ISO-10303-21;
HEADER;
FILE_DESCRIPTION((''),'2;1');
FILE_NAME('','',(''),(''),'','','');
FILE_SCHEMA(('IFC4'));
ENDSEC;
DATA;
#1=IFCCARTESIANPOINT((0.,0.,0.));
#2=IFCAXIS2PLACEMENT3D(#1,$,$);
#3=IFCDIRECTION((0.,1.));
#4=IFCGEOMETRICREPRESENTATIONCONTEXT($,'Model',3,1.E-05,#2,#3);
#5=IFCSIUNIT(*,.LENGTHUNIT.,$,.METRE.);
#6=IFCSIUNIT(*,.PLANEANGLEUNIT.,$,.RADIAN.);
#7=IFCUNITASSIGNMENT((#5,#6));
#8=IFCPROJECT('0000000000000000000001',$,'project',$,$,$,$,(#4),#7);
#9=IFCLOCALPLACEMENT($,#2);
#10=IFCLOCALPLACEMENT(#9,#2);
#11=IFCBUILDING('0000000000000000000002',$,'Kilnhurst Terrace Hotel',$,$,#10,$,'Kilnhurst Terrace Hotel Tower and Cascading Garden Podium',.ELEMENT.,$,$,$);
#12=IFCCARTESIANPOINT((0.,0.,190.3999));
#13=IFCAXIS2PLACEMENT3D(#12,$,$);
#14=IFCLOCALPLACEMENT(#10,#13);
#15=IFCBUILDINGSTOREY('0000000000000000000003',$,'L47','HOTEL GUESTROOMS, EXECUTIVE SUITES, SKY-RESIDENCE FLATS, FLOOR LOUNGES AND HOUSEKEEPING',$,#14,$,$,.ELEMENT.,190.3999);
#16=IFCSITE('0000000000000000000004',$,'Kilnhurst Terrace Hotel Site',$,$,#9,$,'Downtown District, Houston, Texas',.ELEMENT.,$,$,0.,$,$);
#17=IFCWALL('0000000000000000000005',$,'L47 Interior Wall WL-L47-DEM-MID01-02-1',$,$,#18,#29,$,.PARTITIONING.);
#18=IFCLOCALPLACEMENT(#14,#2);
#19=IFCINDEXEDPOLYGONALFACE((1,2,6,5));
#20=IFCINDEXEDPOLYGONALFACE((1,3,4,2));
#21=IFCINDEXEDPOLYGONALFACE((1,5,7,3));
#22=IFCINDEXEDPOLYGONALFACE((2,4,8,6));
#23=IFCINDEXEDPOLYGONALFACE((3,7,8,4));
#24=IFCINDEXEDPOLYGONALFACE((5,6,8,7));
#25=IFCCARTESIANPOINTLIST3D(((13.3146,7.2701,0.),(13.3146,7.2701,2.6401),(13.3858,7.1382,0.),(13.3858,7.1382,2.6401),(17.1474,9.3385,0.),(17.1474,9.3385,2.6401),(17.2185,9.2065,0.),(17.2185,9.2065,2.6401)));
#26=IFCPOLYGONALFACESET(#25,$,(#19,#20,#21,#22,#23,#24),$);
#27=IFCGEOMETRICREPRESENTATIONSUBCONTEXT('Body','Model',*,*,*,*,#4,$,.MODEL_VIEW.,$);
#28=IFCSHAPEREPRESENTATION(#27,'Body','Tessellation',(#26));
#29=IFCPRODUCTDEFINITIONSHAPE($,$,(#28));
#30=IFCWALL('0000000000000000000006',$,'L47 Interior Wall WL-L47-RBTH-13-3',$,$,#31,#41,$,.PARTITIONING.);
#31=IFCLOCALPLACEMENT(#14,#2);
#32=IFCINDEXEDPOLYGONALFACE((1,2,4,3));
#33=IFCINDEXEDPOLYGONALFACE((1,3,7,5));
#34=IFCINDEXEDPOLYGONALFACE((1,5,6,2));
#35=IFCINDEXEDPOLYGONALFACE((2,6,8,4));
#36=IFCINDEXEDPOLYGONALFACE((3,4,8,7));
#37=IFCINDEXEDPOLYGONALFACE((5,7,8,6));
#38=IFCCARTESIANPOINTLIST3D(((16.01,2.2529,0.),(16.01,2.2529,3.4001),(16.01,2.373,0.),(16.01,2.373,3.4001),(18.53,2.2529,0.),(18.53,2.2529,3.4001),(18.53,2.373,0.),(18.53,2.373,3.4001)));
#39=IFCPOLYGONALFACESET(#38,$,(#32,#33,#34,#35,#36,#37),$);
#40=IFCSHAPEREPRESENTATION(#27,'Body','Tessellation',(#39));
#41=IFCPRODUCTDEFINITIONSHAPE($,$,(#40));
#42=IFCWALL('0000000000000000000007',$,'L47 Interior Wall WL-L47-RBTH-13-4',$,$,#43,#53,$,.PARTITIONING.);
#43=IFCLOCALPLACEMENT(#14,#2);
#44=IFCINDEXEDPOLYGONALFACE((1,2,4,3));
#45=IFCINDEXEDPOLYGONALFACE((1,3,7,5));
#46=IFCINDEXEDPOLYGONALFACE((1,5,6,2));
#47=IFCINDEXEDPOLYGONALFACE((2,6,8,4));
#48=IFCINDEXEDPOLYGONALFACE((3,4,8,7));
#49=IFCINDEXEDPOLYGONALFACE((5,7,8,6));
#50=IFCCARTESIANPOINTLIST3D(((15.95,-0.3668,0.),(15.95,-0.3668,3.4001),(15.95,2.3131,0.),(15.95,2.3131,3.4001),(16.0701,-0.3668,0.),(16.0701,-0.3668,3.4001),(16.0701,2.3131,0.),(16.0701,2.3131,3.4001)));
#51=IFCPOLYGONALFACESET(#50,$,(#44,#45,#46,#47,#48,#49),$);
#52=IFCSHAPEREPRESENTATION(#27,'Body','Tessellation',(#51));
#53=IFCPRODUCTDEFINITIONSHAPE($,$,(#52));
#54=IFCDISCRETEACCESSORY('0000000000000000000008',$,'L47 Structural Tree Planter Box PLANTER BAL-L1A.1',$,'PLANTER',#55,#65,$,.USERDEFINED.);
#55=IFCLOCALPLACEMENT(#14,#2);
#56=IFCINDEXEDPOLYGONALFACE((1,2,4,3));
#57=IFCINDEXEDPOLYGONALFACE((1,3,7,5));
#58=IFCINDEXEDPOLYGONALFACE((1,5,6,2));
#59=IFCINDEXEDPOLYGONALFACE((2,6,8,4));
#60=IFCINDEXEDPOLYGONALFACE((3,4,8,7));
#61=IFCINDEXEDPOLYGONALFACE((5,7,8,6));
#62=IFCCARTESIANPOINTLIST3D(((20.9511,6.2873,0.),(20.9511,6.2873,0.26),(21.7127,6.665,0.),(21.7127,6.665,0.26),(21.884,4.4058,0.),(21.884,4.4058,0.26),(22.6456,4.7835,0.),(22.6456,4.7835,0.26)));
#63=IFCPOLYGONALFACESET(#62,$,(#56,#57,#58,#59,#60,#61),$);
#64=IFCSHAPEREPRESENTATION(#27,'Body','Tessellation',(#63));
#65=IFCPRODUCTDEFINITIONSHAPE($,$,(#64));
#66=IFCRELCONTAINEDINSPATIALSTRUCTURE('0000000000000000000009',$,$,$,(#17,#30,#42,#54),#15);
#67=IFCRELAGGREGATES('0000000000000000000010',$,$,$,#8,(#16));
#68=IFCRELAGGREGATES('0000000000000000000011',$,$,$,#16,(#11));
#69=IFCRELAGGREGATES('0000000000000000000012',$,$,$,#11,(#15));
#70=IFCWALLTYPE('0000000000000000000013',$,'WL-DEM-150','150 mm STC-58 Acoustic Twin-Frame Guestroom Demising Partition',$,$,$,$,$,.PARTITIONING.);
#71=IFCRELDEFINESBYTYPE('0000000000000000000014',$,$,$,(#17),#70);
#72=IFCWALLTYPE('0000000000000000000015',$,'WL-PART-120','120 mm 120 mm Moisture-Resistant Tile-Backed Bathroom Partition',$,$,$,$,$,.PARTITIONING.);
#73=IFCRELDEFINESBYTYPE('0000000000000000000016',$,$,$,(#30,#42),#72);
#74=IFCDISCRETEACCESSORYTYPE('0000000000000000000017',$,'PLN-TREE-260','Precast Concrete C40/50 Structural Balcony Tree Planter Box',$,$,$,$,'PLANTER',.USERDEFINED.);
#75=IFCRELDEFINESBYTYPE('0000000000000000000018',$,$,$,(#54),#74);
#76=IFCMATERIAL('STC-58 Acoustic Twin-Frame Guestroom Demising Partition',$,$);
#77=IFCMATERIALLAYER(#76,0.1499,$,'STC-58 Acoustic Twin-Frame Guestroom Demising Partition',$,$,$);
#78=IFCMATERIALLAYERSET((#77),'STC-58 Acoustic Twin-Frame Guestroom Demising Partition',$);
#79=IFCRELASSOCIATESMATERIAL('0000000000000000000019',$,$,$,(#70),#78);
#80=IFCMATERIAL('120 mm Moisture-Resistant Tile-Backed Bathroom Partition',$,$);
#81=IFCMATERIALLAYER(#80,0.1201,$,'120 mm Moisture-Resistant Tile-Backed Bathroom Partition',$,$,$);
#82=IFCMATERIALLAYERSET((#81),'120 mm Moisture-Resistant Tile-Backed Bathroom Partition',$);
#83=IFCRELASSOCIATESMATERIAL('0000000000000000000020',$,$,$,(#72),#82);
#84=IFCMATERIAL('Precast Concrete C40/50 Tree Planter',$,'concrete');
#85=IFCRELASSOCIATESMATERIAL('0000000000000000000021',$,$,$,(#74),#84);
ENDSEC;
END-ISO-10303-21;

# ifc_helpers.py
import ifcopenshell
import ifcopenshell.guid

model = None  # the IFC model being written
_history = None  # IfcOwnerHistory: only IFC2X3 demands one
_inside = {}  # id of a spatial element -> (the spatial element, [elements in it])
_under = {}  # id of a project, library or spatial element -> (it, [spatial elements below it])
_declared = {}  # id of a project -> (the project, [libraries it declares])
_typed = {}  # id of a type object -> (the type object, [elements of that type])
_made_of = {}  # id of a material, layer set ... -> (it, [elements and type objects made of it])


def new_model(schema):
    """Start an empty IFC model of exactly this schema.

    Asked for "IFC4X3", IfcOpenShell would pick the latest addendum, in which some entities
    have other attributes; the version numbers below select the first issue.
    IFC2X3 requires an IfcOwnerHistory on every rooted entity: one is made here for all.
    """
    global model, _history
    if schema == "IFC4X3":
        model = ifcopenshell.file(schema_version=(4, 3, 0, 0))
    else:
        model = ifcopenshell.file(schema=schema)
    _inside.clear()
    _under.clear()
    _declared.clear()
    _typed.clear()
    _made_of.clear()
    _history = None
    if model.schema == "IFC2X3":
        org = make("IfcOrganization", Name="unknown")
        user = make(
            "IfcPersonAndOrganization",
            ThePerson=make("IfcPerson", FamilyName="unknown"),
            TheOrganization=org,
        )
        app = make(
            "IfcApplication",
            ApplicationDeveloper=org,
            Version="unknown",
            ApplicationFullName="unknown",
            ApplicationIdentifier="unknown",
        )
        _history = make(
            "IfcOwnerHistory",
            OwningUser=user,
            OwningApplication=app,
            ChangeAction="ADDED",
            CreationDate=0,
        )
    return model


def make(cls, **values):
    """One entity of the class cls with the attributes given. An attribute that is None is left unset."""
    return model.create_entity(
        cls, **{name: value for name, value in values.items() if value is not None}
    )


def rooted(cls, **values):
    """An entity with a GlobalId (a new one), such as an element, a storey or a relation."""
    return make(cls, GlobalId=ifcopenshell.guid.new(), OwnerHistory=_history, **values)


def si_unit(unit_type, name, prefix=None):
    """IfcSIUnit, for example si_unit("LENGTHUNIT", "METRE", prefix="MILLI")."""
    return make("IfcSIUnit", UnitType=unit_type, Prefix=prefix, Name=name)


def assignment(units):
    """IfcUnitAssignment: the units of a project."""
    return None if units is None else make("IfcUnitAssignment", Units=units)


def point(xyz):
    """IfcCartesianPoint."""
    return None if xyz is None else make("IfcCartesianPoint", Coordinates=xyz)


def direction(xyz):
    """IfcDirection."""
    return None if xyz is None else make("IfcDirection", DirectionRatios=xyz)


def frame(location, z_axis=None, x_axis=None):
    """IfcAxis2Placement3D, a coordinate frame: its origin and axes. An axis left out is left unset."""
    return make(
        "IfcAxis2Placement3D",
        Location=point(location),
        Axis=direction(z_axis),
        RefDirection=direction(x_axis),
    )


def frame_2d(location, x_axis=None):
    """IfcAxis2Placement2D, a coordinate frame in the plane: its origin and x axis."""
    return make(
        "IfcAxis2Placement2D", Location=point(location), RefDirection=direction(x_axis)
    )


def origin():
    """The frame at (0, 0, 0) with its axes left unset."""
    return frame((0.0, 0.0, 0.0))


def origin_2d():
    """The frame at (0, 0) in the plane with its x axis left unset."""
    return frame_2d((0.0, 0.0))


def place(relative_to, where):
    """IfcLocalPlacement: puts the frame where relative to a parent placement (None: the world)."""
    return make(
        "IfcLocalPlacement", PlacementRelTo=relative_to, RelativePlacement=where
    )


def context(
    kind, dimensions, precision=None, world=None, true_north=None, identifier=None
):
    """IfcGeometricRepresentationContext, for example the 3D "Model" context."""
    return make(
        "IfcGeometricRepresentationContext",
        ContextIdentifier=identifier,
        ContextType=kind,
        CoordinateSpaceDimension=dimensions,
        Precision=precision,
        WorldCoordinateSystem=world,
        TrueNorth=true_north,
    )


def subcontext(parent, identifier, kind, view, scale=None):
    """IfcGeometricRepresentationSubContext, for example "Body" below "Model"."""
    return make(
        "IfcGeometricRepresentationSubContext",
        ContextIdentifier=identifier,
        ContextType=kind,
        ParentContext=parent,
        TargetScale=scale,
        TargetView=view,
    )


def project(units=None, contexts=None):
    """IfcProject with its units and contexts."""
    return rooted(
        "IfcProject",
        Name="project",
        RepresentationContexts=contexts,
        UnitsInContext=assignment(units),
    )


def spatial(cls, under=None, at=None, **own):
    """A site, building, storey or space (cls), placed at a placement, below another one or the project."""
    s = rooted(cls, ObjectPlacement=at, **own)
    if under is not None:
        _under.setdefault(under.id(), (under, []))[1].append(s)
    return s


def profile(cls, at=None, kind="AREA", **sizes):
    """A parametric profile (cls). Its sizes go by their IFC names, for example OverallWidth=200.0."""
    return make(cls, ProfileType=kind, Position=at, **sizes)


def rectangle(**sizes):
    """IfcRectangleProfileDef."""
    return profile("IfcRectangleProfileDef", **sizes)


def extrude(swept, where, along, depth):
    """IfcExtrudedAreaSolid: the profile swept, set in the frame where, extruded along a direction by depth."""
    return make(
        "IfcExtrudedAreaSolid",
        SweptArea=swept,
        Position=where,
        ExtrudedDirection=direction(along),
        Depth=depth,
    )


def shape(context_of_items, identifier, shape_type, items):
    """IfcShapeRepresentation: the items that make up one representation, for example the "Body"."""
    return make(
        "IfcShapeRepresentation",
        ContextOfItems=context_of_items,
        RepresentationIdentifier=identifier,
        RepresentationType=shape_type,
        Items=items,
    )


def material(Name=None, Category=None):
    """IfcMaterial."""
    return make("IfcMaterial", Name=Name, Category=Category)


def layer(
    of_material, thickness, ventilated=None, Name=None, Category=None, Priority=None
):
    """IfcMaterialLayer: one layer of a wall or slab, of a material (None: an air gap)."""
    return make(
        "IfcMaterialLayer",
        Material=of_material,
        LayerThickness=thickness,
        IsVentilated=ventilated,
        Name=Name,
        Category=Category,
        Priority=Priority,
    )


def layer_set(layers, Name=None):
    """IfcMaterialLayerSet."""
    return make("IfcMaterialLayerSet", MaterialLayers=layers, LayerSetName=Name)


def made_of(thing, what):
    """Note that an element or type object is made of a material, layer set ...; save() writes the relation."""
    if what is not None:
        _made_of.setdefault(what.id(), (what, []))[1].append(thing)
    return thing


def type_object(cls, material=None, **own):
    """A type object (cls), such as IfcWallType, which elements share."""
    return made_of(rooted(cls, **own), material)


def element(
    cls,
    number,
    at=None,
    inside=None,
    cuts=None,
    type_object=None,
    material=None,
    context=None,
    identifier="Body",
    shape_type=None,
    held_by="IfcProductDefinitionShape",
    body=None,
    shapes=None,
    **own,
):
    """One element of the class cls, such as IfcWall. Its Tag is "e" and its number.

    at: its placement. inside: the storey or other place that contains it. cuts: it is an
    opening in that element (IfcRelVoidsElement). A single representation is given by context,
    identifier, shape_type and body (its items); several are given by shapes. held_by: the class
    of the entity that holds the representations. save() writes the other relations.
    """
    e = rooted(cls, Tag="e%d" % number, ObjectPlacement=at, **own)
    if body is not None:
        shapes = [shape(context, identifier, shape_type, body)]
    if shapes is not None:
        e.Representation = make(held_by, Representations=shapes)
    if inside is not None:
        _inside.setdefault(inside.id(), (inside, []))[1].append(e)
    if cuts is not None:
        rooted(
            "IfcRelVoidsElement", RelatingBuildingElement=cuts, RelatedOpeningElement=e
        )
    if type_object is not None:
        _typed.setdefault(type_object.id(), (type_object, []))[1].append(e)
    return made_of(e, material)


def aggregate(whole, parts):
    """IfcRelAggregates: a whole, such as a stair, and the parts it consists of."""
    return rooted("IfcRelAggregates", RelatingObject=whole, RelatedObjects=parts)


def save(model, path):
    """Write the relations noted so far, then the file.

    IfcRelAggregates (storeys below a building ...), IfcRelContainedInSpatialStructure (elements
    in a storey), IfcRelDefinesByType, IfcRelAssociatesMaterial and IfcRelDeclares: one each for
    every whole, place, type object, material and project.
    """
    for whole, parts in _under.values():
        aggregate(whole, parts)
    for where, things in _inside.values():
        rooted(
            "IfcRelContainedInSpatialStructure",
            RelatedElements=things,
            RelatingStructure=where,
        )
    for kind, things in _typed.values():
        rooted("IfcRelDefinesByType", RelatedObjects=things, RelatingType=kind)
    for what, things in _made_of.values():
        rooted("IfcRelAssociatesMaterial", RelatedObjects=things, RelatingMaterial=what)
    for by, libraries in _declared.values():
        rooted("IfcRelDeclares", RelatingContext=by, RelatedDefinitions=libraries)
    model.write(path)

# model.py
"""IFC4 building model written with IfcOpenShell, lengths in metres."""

from ifc_helpers import new_model, si_unit, direction, frame, frame_2d, origin, origin_2d, place, context, subcontext, project, spatial, rectangle, extrude, material, layer, layer_set, type_object, element, save


model = new_model("IFC4")

# Units and contexts
model_context = context("Model", 3, precision=1e-05, world=origin(), true_north=direction((0.0, 1.0)))
body_context = subcontext(model_context, "Body", "Model", "MODEL_VIEW")
ifc_project = project(units=[si_unit("LENGTHUNIT", "METRE"), si_unit("PLANEANGLEUNIT", "RADIAN")], contexts=[model_context])

# Site, building, storey
site_placement = place(None, origin())
site = spatial("IfcSite", under=ifc_project, at=site_placement, Name="Kilnhurst Terrace Hotel Site", LongName="Downtown District, Houston, Texas", CompositionType="ELEMENT", RefElevation=0.0)
building_placement = place(site_placement, origin())
building = spatial("IfcBuilding", under=site, at=building_placement, Name="Kilnhurst Terrace Hotel", LongName="Kilnhurst Terrace Hotel Tower and Cascading Garden Podium", CompositionType="ELEMENT")
storey_placement = place(building_placement, frame((0.0, 0.0, 190.3999)))
storey = spatial("IfcBuildingStorey", under=building, at=storey_placement, Name="L47", Description="HOTEL GUESTROOMS, EXECUTIVE SUITES, SKY-RESIDENCE FLATS, FLOOR LOUNGES AND HOUSEKEEPING", CompositionType="ELEMENT", Elevation=190.3999)

# Walls
ifc_material_1 = material(Name="STC-58 Acoustic Twin-Frame Guestroom Demising Partition")
ifc_layer_1 = layer(ifc_material_1, 0.1499, Name="STC-58 Acoustic Twin-Frame Guestroom Demising Partition")
ifc_layer_set_1 = layer_set([ifc_layer_1], Name="STC-58 Acoustic Twin-Frame Guestroom Demising Partition")
wall_type_1 = type_object("IfcWallType", Name="WL-DEM-150", Description="150 mm STC-58 Acoustic Twin-Frame Guestroom Demising Partition", PredefinedType="PARTITIONING", material=ifc_layer_set_1)
wall_1_placement = place(storey_placement, frame((13.3501, 7.2041, 0.0), z_axis=(0.0, 0.0, 1.0), x_axis=(0.880033, 0.474912, 0.0)))
element("IfcWall", 1, at=wall_1_placement, inside=storey, type_object=wall_type_1, Name="L47 Interior Wall WL-L47-DEM-MID01-02-1", PredefinedType="PARTITIONING", context=body_context, shape_type="SweptSolid", body=[
    extrude(rectangle(XDim=4.3552, YDim=0.1499, at=frame_2d((2.1777, 0.0))), origin(), (0.0, 0.0, 1.0), 2.6401),
])
ifc_material_2 = material(Name="120 mm Moisture-Resistant Tile-Backed Bathroom Partition")
ifc_layer_2 = layer(ifc_material_2, 0.1201, Name="120 mm Moisture-Resistant Tile-Backed Bathroom Partition")
ifc_layer_set_2 = layer_set([ifc_layer_2], Name="120 mm Moisture-Resistant Tile-Backed Bathroom Partition")
wall_type_2 = type_object("IfcWallType", Name="WL-PART-120", Description="120 mm 120 mm Moisture-Resistant Tile-Backed Bathroom Partition", PredefinedType="PARTITIONING", material=ifc_layer_set_2)
wall_2_placement = place(storey_placement, frame((18.53, 2.313, 0.0), z_axis=(0.0, 0.0, 1.0), x_axis=(-1.0, 0.0, 0.0)))
element("IfcWall", 2, at=wall_2_placement, inside=storey, type_object=wall_type_2, Name="L47 Interior Wall WL-L47-RBTH-13-3", PredefinedType="PARTITIONING", context=body_context, shape_type="SweptSolid", body=[
    extrude(rectangle(XDim=2.52, YDim=0.1201, at=frame_2d((1.26, 0.0))), origin(), (0.0, 0.0, 1.0), 3.4001),
])
wall_3_placement = place(storey_placement, frame((16.01, 2.313, 0.0), z_axis=(0.0, 0.0, 1.0), x_axis=(0.0, -1.0, 0.0)))
element("IfcWall", 3, at=wall_3_placement, inside=storey, type_object=wall_type_2, Name="L47 Interior Wall WL-L47-RBTH-13-4", PredefinedType="PARTITIONING", context=body_context, shape_type="SweptSolid", body=[
    extrude(rectangle(XDim=2.6799, YDim=0.1201, at=frame_2d((1.3398, 0.0))), origin(), (0.0, 0.0, 1.0), 3.4001),
])

# Discrete accessory
ifc_material_3 = material(Name="Precast Concrete C40/50 Tree Planter", Category="concrete")
discrete_accessory_type = type_object("IfcDiscreteAccessoryType", Name="PLN-TREE-260", Description="Precast Concrete C40/50 Structural Balcony Tree Planter Box", ElementType="PLANTER", PredefinedType="USERDEFINED", material=ifc_material_3)
discrete_accessory_placement = place(storey_placement, frame((21.7983, 5.5354, 0.0), z_axis=(0.0, 0.0, 1.0), x_axis=(-0.444244, 0.895906, 0.0)))
element("IfcDiscreteAccessory", 4, at=discrete_accessory_placement, inside=storey, type_object=discrete_accessory_type, Name="L47 Structural Tree Planter Box PLANTER BAL-L1A.1", ObjectType="PLANTER", PredefinedType="USERDEFINED", context=body_context, shape_type="SweptSolid", body=[
    extrude(rectangle(XDim=2.1001, YDim=0.8501, at=origin_2d()), origin(), (0.0, 0.0, 1.0), 0.26),
])

save(model, "model.ifc")
